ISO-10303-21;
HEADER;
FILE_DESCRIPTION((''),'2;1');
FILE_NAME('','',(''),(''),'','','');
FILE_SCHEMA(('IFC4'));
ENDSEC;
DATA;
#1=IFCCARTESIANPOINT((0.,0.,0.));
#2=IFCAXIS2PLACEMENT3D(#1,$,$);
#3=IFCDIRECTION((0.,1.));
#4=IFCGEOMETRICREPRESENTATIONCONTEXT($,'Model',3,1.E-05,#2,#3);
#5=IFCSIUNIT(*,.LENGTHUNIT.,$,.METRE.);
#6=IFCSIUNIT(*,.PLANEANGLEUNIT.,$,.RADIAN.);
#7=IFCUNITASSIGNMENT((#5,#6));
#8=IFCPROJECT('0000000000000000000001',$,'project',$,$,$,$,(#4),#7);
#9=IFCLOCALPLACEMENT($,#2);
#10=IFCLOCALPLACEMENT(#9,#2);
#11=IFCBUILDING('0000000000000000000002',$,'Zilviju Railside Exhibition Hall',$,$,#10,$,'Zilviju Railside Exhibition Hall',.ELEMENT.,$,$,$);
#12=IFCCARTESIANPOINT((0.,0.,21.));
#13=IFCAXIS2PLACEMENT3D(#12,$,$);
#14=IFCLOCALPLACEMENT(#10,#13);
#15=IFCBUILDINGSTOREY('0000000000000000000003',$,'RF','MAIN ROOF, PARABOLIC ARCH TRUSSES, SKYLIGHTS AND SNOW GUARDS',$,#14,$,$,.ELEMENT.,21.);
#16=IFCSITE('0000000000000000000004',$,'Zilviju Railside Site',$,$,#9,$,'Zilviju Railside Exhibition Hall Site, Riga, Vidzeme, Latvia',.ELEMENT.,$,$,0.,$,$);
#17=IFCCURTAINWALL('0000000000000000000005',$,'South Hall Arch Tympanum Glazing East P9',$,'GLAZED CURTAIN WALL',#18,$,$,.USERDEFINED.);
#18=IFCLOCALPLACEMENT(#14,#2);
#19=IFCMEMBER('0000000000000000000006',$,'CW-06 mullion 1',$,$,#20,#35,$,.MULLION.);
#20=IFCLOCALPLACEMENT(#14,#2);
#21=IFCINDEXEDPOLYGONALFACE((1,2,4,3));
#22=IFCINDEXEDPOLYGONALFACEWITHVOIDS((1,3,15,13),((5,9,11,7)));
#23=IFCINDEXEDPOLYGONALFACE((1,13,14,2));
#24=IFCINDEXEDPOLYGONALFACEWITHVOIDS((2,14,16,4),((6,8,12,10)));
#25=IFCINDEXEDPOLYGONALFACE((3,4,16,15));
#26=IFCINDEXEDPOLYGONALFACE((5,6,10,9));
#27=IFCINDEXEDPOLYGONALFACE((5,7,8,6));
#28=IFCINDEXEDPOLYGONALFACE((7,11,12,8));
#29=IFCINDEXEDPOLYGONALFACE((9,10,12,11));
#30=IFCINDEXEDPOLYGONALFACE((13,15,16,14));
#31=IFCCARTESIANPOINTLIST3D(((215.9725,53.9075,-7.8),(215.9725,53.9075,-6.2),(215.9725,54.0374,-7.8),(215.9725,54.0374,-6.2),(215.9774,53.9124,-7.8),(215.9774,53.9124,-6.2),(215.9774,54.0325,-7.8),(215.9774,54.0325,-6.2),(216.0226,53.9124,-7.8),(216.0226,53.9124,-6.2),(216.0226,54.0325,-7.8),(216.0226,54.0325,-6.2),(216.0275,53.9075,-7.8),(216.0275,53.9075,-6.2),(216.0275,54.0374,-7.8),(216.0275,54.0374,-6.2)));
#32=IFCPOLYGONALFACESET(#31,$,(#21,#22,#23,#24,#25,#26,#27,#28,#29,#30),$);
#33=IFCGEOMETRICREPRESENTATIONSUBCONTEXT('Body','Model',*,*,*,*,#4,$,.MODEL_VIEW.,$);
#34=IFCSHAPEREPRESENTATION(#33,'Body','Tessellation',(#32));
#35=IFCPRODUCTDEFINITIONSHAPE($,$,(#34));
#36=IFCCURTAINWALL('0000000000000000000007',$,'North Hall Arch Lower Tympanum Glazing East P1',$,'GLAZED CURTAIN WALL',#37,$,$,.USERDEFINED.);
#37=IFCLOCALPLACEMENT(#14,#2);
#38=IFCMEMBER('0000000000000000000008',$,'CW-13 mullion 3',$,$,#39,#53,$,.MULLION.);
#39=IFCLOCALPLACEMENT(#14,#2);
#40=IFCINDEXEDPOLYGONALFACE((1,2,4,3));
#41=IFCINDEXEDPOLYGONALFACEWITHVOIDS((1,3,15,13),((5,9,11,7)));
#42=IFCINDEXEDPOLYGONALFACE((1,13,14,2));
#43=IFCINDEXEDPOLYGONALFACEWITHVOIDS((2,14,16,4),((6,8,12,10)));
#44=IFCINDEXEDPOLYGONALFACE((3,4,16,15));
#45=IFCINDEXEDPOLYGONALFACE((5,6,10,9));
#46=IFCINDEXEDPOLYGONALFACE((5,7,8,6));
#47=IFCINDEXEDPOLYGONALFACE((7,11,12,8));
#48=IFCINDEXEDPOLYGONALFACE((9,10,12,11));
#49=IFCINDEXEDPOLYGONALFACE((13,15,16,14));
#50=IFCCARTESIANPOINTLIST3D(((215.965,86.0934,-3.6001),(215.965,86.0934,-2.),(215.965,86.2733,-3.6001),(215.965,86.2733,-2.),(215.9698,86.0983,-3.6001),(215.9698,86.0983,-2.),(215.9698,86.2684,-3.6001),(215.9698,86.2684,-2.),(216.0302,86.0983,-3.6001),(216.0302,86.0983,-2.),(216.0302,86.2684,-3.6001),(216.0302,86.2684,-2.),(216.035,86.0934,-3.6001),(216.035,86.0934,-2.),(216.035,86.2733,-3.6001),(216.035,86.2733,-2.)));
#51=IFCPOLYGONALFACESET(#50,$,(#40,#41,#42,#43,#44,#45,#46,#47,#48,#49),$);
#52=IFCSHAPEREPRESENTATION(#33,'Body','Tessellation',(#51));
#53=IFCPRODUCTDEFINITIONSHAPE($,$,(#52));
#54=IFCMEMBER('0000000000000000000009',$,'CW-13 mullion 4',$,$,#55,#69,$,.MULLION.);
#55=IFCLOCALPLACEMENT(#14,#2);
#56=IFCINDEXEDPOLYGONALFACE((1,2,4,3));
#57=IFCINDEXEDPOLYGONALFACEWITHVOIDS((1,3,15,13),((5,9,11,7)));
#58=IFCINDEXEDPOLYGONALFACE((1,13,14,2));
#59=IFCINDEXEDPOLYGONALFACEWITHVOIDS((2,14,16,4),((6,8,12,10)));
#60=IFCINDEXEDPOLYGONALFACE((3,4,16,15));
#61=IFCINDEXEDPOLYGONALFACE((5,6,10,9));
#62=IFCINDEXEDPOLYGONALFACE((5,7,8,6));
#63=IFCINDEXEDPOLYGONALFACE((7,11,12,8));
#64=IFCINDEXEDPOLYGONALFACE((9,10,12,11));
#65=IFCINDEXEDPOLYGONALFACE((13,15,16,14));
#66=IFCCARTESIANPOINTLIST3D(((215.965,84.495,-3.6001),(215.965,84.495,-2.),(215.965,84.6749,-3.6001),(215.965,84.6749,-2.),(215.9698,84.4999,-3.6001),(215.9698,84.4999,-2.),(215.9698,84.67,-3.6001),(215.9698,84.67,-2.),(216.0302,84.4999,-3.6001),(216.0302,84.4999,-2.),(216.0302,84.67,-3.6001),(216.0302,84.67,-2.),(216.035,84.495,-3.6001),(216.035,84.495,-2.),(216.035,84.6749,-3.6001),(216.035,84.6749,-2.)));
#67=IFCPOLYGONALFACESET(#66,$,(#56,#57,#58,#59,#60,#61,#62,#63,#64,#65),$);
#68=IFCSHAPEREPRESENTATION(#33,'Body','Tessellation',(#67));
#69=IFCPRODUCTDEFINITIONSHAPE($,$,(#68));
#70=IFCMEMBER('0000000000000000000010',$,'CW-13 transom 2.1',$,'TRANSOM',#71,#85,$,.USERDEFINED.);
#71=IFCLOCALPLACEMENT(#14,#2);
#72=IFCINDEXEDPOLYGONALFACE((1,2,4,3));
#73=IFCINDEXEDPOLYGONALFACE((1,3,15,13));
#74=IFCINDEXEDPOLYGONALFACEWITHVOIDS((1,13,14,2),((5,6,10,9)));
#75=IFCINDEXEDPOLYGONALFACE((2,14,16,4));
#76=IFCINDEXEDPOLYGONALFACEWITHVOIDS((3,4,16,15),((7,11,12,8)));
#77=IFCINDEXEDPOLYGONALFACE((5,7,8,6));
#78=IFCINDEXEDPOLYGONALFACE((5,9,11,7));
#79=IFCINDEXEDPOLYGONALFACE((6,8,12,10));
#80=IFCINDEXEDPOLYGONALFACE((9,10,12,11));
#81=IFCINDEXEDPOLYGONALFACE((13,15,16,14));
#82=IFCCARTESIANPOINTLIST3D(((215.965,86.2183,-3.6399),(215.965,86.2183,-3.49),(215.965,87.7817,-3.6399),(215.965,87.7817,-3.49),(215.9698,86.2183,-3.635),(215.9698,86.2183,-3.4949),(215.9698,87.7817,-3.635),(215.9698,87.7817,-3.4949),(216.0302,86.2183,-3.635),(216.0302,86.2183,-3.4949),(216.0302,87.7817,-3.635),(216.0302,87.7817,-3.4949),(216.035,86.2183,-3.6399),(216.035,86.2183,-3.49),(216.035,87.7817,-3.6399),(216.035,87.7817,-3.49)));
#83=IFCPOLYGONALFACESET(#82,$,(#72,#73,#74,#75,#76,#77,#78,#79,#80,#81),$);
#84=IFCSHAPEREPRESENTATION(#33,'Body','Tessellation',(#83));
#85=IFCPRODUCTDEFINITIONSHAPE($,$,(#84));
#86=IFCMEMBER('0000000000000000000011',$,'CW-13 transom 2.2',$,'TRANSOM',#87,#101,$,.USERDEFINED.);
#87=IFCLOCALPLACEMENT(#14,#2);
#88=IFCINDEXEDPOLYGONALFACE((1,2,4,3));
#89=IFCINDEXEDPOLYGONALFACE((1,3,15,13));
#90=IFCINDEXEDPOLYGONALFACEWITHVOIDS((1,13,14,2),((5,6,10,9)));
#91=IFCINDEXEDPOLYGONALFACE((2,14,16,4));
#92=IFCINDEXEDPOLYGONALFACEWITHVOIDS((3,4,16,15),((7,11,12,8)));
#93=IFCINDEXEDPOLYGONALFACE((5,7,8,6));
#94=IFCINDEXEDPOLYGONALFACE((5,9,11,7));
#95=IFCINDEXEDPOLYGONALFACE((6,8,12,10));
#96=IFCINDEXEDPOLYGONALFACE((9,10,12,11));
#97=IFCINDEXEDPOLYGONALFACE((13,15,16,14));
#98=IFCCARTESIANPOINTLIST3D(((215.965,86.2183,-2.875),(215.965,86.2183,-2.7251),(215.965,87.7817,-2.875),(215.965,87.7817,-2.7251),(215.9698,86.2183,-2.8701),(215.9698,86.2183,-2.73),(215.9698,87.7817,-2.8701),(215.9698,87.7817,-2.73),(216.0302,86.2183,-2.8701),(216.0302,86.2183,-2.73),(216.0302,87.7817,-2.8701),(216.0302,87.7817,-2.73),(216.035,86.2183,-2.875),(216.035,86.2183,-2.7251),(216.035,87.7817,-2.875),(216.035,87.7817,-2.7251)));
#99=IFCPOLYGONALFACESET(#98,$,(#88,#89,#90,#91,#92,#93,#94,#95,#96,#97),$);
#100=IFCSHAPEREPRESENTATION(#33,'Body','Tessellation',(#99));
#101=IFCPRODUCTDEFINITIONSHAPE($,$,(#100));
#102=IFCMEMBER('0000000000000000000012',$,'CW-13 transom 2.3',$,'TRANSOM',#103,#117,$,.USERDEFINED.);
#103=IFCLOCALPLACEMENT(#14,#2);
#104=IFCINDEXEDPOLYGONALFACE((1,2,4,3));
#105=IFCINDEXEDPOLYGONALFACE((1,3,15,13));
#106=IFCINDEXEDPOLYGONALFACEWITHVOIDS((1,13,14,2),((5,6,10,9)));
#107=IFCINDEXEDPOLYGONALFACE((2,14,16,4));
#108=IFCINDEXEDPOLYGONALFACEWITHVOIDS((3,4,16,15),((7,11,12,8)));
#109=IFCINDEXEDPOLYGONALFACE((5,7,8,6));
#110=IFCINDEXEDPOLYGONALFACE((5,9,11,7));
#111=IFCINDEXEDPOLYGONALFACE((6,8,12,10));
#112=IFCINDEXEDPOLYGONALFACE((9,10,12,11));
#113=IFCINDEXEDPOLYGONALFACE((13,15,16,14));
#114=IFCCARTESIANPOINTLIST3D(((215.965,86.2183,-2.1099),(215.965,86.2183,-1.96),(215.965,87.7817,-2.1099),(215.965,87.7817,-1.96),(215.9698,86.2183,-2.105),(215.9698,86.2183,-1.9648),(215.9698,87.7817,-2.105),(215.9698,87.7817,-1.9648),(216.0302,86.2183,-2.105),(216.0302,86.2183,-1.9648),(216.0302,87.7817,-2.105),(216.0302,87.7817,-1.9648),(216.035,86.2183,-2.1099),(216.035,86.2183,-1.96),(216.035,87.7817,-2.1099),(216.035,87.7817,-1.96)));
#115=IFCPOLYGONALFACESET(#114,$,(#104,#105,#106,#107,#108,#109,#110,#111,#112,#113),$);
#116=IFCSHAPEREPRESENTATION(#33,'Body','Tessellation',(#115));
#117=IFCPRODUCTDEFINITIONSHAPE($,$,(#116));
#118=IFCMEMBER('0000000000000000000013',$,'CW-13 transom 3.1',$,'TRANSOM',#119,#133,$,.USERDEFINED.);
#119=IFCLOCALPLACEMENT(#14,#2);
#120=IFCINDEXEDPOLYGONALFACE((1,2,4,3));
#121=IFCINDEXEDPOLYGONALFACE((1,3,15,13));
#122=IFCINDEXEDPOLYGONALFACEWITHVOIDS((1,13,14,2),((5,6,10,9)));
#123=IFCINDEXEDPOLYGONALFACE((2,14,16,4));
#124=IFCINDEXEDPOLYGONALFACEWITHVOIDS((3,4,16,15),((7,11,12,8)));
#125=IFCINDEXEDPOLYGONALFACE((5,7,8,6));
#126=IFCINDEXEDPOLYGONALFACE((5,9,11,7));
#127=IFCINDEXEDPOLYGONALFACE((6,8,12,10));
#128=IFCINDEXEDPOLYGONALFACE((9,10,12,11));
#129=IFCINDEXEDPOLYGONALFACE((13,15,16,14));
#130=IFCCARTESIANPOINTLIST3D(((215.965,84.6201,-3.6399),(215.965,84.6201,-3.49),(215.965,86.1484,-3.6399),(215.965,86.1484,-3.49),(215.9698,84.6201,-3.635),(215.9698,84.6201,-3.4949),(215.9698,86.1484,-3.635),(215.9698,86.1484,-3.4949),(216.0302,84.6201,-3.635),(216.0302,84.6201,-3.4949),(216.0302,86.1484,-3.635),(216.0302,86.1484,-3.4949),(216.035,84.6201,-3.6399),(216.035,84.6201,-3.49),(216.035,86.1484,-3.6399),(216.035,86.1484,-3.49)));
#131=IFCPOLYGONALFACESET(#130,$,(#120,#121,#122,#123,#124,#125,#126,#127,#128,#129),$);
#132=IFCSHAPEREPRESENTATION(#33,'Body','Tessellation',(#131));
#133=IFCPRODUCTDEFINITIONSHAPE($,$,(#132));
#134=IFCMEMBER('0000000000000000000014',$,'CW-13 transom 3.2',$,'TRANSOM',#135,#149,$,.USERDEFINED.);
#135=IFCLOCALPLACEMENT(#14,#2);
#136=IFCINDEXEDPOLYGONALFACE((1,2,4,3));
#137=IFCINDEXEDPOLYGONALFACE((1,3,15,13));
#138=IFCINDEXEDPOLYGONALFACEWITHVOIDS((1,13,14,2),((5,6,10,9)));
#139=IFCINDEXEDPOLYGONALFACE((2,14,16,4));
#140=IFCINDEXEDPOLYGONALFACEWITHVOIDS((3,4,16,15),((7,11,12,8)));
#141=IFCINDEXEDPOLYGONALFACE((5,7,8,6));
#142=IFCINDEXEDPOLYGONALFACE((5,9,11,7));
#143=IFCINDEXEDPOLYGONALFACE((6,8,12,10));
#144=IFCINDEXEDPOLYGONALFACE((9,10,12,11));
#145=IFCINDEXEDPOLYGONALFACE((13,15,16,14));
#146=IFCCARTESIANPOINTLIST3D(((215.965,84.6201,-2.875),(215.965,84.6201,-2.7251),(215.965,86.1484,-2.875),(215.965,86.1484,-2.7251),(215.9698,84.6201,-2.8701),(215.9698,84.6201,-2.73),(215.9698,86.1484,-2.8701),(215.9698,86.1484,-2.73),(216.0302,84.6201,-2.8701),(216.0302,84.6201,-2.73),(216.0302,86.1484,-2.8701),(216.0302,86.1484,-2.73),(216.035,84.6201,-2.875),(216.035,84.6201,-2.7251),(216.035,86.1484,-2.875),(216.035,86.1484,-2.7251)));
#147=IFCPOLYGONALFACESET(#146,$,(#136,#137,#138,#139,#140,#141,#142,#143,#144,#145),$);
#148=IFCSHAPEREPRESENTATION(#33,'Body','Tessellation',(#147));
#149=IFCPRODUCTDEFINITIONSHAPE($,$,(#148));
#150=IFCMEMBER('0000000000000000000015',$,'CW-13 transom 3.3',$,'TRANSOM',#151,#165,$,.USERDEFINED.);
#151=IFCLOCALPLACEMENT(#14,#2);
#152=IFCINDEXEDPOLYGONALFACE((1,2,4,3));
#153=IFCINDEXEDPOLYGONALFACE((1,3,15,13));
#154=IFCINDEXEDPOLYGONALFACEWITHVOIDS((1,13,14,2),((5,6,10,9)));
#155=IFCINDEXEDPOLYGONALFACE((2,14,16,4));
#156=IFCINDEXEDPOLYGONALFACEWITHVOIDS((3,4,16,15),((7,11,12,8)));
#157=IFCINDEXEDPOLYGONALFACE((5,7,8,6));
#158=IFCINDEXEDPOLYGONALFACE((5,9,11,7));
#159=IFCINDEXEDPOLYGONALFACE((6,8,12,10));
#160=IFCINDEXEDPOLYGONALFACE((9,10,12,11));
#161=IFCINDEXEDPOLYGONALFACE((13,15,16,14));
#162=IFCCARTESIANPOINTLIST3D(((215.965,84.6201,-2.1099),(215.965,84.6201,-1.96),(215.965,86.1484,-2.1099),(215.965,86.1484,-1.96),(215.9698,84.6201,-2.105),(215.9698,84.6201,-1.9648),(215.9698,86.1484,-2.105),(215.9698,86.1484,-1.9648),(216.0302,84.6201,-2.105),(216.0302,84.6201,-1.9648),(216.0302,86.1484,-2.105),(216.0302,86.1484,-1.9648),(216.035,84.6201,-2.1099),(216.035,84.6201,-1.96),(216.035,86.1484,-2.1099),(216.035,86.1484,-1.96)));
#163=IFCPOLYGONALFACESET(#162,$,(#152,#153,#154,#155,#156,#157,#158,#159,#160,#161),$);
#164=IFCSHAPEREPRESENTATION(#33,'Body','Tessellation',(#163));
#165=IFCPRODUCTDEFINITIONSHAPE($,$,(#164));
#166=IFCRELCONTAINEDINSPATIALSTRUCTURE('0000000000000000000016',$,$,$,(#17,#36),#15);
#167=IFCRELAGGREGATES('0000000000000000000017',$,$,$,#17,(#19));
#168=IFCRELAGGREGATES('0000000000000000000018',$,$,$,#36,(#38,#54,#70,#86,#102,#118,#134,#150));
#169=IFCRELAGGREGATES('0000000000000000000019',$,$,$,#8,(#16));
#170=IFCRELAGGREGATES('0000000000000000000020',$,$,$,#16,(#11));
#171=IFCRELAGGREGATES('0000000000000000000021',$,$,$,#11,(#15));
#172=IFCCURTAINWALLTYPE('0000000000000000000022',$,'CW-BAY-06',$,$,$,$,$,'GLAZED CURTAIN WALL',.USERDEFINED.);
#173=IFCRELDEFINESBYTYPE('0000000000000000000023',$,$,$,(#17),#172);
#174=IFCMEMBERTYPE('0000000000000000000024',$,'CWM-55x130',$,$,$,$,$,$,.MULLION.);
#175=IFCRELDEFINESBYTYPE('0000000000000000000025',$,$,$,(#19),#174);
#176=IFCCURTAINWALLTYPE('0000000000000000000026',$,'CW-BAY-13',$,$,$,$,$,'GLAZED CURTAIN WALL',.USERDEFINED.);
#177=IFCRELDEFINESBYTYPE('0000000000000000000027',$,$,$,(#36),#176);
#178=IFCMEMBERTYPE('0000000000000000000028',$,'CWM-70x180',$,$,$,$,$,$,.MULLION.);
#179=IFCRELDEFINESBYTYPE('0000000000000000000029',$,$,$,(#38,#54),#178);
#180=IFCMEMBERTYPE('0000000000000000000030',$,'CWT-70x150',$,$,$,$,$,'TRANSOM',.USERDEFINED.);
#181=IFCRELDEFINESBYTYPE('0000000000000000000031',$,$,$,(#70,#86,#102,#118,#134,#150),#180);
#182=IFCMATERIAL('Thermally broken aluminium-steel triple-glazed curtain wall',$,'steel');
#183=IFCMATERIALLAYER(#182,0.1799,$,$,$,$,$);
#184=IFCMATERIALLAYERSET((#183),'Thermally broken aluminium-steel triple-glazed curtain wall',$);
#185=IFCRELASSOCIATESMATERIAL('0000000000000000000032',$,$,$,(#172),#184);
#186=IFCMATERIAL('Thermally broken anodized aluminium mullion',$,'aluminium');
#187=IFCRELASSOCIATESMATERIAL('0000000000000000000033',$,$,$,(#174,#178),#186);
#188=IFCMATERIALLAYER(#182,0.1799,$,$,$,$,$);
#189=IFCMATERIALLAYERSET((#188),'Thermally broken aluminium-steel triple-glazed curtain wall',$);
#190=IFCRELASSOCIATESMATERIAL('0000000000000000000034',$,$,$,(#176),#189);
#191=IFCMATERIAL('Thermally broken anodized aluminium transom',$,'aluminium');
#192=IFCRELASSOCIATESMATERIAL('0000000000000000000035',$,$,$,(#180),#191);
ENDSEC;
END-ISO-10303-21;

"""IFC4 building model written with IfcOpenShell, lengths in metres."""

from ifc_helpers import new_model, si_unit, direction, frame, origin, origin_2d, place, context, subcontext, project, spatial, hollow_rectangle, extrude, material, layer, layer_set, material_profile, profile_set, type_object, element, aggregate, save


model = new_model("IFC4")

# Units and contexts
model_context = context("Model", 3, precision=1e-05, world=origin(), true_north=direction((0.0, 1.0)))
body_context = subcontext(model_context, "Body", "Model", "MODEL_VIEW")
ifc_project = project(units=[si_unit("LENGTHUNIT", "METRE"), si_unit("PLANEANGLEUNIT", "RADIAN")], contexts=[model_context])

# Site, building, storey
site_placement = place(None, origin())
site = spatial("IfcSite", under=ifc_project, at=site_placement, Name="Zilviju Railside Site", LongName="Zilviju Railside Exhibition Hall Site, Riga, Vidzeme, Latvia", CompositionType="ELEMENT", RefElevation=0.0)
building_placement = place(site_placement, origin())
building = spatial("IfcBuilding", under=site, at=building_placement, Name="Zilviju Railside Exhibition Hall", LongName="Zilviju Railside Exhibition Hall", CompositionType="ELEMENT")
storey_placement = place(building_placement, frame((0.0, 0.0, 21.0)))
storey = spatial("IfcBuildingStorey", under=building, at=storey_placement, Name="RF", Description="MAIN ROOF, PARABOLIC ARCH TRUSSES, SKYLIGHTS AND SNOW GUARDS", CompositionType="ELEMENT", Elevation=21.0)

# Curtain wall, member
ifc_material_1 = material(Name="Thermally broken aluminium-steel triple-glazed curtain wall", Category="steel")
ifc_layer_1 = layer(ifc_material_1, 0.1799)
ifc_layer_set_1 = layer_set([ifc_layer_1], Name="Thermally broken aluminium-steel triple-glazed curtain wall")
curtain_wall_type_1 = type_object("IfcCurtainWallType", Name="CW-BAY-06", ElementType="GLAZED CURTAIN WALL", PredefinedType="USERDEFINED", material=ifc_layer_set_1)
curtain_wall_1_placement = place(storey_placement, origin())
curtain_wall_1 = element("IfcCurtainWall", 1, at=curtain_wall_1_placement, inside=storey, type_object=curtain_wall_type_1, Name="South Hall Arch Tympanum Glazing East P9", ObjectType="GLAZED CURTAIN WALL", PredefinedType="USERDEFINED")
ifc_material_2 = material(Name="Thermally broken anodized aluminium mullion", Category="aluminium")
ifc_material_profile_1 = material_profile(ifc_material_2, hollow_rectangle(XDim=0.0549, YDim=0.1299, WallThickness=0.0049, at=origin_2d()), Name="MULLION 130x55x5")
ifc_profile_set_1 = profile_set([ifc_material_profile_1], Name="Thermally broken anodized aluminium mullion")
member_type_1 = type_object("IfcMemberType", Name="CWM-55x130", PredefinedType="MULLION", material=ifc_profile_set_1)
member_1_placement = place(storey_placement, frame((216.0, 53.9724, -7.8), z_axis=(0.0, 0.0, 1.0), x_axis=(1.0, 0.0, 0.0)))
member_1 = element("IfcMember", 2, at=member_1_placement, type_object=member_type_1, Name="CW-06 mullion 1", PredefinedType="MULLION", context=body_context, shape_type="SweptSolid", body=[
    extrude(hollow_rectangle(XDim=0.0549, YDim=0.1299, WallThickness=0.0049, at=origin_2d()), origin(), (0.0, 0.0, 1.0), 1.6001),
])
aggregate(curtain_wall_1, [member_1])

# Curtain wall, members
ifc_layer_2 = layer(ifc_material_1, 0.1799)
ifc_layer_set_2 = layer_set([ifc_layer_2], Name="Thermally broken aluminium-steel triple-glazed curtain wall")
curtain_wall_type_2 = type_object("IfcCurtainWallType", Name="CW-BAY-13", ElementType="GLAZED CURTAIN WALL", PredefinedType="USERDEFINED", material=ifc_layer_set_2)
curtain_wall_2_placement = place(storey_placement, origin())
curtain_wall_2 = element("IfcCurtainWall", 3, at=curtain_wall_2_placement, inside=storey, type_object=curtain_wall_type_2, Name="North Hall Arch Lower Tympanum Glazing East P1", ObjectType="GLAZED CURTAIN WALL", PredefinedType="USERDEFINED")
ifc_material_profile_2 = material_profile(ifc_material_2, hollow_rectangle(XDim=0.0701, YDim=0.1799, WallThickness=0.0049, at=origin_2d()), Name="MULLION 180x70x5")
ifc_profile_set_2 = profile_set([ifc_material_profile_2], Name="Thermally broken anodized aluminium mullion")
member_type_2 = type_object("IfcMemberType", Name="CWM-70x180", PredefinedType="MULLION", material=ifc_profile_set_2)
member_2_placement = place(storey_placement, frame((216.0, 86.1833, -3.6001), z_axis=(0.0, 0.0, 1.0), x_axis=(1.0, 0.0, 0.0)))
member_2 = element("IfcMember", 4, at=member_2_placement, type_object=member_type_2, Name="CW-13 mullion 3", PredefinedType="MULLION", context=body_context, shape_type="SweptSolid", body=[
    extrude(hollow_rectangle(XDim=0.0701, YDim=0.1799, WallThickness=0.0049, at=origin_2d()), origin(), (0.0, 0.0, 1.0), 1.6001),
])
member_3_placement = place(storey_placement, frame((216.0, 84.585, -3.6001), z_axis=(0.0, 0.0, 1.0), x_axis=(1.0, 0.0, 0.0)))
member_3 = element("IfcMember", 5, at=member_3_placement, type_object=member_type_2, Name="CW-13 mullion 4", PredefinedType="MULLION", context=body_context, shape_type="SweptSolid", body=[
    extrude(hollow_rectangle(XDim=0.0701, YDim=0.1799, WallThickness=0.0049, at=origin_2d()), origin(), (0.0, 0.0, 1.0), 1.6001),
])
ifc_material_3 = material(Name="Thermally broken anodized aluminium transom", Category="aluminium")
ifc_material_profile_3 = material_profile(ifc_material_3, hollow_rectangle(XDim=0.0701, YDim=0.1499, WallThickness=0.0049, at=origin_2d()), Name="TRANSOM 150x70x5")
ifc_profile_set_3 = profile_set([ifc_material_profile_3], Name="Thermally broken anodized aluminium transom")
member_type_3 = type_object("IfcMemberType", Name="CWT-70x150", ElementType="TRANSOM", PredefinedType="USERDEFINED", material=ifc_profile_set_3)
member_4_placement = place(storey_placement, frame((216.0, 87.7817, -3.5649), z_axis=(0.0, -1.0, 0.0), x_axis=(1.0, 0.0, 0.0)))
member_4 = element("IfcMember", 6, at=member_4_placement, type_object=member_type_3, Name="CW-13 transom 2.1", ObjectType="TRANSOM", PredefinedType="USERDEFINED", context=body_context, shape_type="SweptSolid", body=[
    extrude(hollow_rectangle(XDim=0.0701, YDim=0.1499, WallThickness=0.0049, at=origin_2d()), origin(), (0.0, 0.0, 1.0), 1.5635),
])
member_5_placement = place(storey_placement, frame((216.0, 87.7817, -2.8), z_axis=(0.0, -1.0, 0.0), x_axis=(1.0, 0.0, 0.0)))
member_5 = element("IfcMember", 7, at=member_5_placement, type_object=member_type_3, Name="CW-13 transom 2.2", ObjectType="TRANSOM", PredefinedType="USERDEFINED", context=body_context, shape_type="SweptSolid", body=[
    extrude(hollow_rectangle(XDim=0.0701, YDim=0.1499, WallThickness=0.0049, at=origin_2d()), origin(), (0.0, 0.0, 1.0), 1.5635),
])
member_6_placement = place(storey_placement, frame((216.0, 87.7817, -2.0349), z_axis=(0.0, -1.0, 0.0), x_axis=(1.0, 0.0, 0.0)))
member_6 = element("IfcMember", 8, at=member_6_placement, type_object=member_type_3, Name="CW-13 transom 2.3", ObjectType="TRANSOM", PredefinedType="USERDEFINED", context=body_context, shape_type="SweptSolid", body=[
    extrude(hollow_rectangle(XDim=0.0701, YDim=0.1499, WallThickness=0.0049, at=origin_2d()), origin(), (0.0, 0.0, 1.0), 1.5635),
])
member_7_placement = place(storey_placement, frame((216.0, 86.1484, -3.5649), z_axis=(0.0, -1.0, 0.0), x_axis=(1.0, 0.0, 0.0)))
member_7 = element("IfcMember", 9, at=member_7_placement, type_object=member_type_3, Name="CW-13 transom 3.1", ObjectType="TRANSOM", PredefinedType="USERDEFINED", context=body_context, shape_type="SweptSolid", body=[
    extrude(hollow_rectangle(XDim=0.0701, YDim=0.1499, WallThickness=0.0049, at=origin_2d()), origin(), (0.0, 0.0, 1.0), 1.5283),
])
member_8_placement = place(storey_placement, frame((216.0, 86.1484, -2.8), z_axis=(0.0, -1.0, 0.0), x_axis=(1.0, 0.0, 0.0)))
member_8 = element("IfcMember", 10, at=member_8_placement, type_object=member_type_3, Name="CW-13 transom 3.2", ObjectType="TRANSOM", PredefinedType="USERDEFINED", context=body_context, shape_type="SweptSolid", body=[
    extrude(hollow_rectangle(XDim=0.0701, YDim=0.1499, WallThickness=0.0049, at=origin_2d()), origin(), (0.0, 0.0, 1.0), 1.5283),
])
member_9_placement = place(storey_placement, frame((216.0, 86.1484, -2.0349), z_axis=(0.0, -1.0, 0.0), x_axis=(1.0, 0.0, 0.0)))
member_9 = element("IfcMember", 11, at=member_9_placement, type_object=member_type_3, Name="CW-13 transom 3.3", ObjectType="TRANSOM", PredefinedType="USERDEFINED", context=body_context, shape_type="SweptSolid", body=[
    extrude(hollow_rectangle(XDim=0.0701, YDim=0.1499, WallThickness=0.0049, at=origin_2d()), origin(), (0.0, 0.0, 1.0), 1.5283),
])

aggregate(curtain_wall_2, [member_2, member_3, member_4, member_5, member_6, member_7, member_8, member_9])

save(model, "model.ifc")
